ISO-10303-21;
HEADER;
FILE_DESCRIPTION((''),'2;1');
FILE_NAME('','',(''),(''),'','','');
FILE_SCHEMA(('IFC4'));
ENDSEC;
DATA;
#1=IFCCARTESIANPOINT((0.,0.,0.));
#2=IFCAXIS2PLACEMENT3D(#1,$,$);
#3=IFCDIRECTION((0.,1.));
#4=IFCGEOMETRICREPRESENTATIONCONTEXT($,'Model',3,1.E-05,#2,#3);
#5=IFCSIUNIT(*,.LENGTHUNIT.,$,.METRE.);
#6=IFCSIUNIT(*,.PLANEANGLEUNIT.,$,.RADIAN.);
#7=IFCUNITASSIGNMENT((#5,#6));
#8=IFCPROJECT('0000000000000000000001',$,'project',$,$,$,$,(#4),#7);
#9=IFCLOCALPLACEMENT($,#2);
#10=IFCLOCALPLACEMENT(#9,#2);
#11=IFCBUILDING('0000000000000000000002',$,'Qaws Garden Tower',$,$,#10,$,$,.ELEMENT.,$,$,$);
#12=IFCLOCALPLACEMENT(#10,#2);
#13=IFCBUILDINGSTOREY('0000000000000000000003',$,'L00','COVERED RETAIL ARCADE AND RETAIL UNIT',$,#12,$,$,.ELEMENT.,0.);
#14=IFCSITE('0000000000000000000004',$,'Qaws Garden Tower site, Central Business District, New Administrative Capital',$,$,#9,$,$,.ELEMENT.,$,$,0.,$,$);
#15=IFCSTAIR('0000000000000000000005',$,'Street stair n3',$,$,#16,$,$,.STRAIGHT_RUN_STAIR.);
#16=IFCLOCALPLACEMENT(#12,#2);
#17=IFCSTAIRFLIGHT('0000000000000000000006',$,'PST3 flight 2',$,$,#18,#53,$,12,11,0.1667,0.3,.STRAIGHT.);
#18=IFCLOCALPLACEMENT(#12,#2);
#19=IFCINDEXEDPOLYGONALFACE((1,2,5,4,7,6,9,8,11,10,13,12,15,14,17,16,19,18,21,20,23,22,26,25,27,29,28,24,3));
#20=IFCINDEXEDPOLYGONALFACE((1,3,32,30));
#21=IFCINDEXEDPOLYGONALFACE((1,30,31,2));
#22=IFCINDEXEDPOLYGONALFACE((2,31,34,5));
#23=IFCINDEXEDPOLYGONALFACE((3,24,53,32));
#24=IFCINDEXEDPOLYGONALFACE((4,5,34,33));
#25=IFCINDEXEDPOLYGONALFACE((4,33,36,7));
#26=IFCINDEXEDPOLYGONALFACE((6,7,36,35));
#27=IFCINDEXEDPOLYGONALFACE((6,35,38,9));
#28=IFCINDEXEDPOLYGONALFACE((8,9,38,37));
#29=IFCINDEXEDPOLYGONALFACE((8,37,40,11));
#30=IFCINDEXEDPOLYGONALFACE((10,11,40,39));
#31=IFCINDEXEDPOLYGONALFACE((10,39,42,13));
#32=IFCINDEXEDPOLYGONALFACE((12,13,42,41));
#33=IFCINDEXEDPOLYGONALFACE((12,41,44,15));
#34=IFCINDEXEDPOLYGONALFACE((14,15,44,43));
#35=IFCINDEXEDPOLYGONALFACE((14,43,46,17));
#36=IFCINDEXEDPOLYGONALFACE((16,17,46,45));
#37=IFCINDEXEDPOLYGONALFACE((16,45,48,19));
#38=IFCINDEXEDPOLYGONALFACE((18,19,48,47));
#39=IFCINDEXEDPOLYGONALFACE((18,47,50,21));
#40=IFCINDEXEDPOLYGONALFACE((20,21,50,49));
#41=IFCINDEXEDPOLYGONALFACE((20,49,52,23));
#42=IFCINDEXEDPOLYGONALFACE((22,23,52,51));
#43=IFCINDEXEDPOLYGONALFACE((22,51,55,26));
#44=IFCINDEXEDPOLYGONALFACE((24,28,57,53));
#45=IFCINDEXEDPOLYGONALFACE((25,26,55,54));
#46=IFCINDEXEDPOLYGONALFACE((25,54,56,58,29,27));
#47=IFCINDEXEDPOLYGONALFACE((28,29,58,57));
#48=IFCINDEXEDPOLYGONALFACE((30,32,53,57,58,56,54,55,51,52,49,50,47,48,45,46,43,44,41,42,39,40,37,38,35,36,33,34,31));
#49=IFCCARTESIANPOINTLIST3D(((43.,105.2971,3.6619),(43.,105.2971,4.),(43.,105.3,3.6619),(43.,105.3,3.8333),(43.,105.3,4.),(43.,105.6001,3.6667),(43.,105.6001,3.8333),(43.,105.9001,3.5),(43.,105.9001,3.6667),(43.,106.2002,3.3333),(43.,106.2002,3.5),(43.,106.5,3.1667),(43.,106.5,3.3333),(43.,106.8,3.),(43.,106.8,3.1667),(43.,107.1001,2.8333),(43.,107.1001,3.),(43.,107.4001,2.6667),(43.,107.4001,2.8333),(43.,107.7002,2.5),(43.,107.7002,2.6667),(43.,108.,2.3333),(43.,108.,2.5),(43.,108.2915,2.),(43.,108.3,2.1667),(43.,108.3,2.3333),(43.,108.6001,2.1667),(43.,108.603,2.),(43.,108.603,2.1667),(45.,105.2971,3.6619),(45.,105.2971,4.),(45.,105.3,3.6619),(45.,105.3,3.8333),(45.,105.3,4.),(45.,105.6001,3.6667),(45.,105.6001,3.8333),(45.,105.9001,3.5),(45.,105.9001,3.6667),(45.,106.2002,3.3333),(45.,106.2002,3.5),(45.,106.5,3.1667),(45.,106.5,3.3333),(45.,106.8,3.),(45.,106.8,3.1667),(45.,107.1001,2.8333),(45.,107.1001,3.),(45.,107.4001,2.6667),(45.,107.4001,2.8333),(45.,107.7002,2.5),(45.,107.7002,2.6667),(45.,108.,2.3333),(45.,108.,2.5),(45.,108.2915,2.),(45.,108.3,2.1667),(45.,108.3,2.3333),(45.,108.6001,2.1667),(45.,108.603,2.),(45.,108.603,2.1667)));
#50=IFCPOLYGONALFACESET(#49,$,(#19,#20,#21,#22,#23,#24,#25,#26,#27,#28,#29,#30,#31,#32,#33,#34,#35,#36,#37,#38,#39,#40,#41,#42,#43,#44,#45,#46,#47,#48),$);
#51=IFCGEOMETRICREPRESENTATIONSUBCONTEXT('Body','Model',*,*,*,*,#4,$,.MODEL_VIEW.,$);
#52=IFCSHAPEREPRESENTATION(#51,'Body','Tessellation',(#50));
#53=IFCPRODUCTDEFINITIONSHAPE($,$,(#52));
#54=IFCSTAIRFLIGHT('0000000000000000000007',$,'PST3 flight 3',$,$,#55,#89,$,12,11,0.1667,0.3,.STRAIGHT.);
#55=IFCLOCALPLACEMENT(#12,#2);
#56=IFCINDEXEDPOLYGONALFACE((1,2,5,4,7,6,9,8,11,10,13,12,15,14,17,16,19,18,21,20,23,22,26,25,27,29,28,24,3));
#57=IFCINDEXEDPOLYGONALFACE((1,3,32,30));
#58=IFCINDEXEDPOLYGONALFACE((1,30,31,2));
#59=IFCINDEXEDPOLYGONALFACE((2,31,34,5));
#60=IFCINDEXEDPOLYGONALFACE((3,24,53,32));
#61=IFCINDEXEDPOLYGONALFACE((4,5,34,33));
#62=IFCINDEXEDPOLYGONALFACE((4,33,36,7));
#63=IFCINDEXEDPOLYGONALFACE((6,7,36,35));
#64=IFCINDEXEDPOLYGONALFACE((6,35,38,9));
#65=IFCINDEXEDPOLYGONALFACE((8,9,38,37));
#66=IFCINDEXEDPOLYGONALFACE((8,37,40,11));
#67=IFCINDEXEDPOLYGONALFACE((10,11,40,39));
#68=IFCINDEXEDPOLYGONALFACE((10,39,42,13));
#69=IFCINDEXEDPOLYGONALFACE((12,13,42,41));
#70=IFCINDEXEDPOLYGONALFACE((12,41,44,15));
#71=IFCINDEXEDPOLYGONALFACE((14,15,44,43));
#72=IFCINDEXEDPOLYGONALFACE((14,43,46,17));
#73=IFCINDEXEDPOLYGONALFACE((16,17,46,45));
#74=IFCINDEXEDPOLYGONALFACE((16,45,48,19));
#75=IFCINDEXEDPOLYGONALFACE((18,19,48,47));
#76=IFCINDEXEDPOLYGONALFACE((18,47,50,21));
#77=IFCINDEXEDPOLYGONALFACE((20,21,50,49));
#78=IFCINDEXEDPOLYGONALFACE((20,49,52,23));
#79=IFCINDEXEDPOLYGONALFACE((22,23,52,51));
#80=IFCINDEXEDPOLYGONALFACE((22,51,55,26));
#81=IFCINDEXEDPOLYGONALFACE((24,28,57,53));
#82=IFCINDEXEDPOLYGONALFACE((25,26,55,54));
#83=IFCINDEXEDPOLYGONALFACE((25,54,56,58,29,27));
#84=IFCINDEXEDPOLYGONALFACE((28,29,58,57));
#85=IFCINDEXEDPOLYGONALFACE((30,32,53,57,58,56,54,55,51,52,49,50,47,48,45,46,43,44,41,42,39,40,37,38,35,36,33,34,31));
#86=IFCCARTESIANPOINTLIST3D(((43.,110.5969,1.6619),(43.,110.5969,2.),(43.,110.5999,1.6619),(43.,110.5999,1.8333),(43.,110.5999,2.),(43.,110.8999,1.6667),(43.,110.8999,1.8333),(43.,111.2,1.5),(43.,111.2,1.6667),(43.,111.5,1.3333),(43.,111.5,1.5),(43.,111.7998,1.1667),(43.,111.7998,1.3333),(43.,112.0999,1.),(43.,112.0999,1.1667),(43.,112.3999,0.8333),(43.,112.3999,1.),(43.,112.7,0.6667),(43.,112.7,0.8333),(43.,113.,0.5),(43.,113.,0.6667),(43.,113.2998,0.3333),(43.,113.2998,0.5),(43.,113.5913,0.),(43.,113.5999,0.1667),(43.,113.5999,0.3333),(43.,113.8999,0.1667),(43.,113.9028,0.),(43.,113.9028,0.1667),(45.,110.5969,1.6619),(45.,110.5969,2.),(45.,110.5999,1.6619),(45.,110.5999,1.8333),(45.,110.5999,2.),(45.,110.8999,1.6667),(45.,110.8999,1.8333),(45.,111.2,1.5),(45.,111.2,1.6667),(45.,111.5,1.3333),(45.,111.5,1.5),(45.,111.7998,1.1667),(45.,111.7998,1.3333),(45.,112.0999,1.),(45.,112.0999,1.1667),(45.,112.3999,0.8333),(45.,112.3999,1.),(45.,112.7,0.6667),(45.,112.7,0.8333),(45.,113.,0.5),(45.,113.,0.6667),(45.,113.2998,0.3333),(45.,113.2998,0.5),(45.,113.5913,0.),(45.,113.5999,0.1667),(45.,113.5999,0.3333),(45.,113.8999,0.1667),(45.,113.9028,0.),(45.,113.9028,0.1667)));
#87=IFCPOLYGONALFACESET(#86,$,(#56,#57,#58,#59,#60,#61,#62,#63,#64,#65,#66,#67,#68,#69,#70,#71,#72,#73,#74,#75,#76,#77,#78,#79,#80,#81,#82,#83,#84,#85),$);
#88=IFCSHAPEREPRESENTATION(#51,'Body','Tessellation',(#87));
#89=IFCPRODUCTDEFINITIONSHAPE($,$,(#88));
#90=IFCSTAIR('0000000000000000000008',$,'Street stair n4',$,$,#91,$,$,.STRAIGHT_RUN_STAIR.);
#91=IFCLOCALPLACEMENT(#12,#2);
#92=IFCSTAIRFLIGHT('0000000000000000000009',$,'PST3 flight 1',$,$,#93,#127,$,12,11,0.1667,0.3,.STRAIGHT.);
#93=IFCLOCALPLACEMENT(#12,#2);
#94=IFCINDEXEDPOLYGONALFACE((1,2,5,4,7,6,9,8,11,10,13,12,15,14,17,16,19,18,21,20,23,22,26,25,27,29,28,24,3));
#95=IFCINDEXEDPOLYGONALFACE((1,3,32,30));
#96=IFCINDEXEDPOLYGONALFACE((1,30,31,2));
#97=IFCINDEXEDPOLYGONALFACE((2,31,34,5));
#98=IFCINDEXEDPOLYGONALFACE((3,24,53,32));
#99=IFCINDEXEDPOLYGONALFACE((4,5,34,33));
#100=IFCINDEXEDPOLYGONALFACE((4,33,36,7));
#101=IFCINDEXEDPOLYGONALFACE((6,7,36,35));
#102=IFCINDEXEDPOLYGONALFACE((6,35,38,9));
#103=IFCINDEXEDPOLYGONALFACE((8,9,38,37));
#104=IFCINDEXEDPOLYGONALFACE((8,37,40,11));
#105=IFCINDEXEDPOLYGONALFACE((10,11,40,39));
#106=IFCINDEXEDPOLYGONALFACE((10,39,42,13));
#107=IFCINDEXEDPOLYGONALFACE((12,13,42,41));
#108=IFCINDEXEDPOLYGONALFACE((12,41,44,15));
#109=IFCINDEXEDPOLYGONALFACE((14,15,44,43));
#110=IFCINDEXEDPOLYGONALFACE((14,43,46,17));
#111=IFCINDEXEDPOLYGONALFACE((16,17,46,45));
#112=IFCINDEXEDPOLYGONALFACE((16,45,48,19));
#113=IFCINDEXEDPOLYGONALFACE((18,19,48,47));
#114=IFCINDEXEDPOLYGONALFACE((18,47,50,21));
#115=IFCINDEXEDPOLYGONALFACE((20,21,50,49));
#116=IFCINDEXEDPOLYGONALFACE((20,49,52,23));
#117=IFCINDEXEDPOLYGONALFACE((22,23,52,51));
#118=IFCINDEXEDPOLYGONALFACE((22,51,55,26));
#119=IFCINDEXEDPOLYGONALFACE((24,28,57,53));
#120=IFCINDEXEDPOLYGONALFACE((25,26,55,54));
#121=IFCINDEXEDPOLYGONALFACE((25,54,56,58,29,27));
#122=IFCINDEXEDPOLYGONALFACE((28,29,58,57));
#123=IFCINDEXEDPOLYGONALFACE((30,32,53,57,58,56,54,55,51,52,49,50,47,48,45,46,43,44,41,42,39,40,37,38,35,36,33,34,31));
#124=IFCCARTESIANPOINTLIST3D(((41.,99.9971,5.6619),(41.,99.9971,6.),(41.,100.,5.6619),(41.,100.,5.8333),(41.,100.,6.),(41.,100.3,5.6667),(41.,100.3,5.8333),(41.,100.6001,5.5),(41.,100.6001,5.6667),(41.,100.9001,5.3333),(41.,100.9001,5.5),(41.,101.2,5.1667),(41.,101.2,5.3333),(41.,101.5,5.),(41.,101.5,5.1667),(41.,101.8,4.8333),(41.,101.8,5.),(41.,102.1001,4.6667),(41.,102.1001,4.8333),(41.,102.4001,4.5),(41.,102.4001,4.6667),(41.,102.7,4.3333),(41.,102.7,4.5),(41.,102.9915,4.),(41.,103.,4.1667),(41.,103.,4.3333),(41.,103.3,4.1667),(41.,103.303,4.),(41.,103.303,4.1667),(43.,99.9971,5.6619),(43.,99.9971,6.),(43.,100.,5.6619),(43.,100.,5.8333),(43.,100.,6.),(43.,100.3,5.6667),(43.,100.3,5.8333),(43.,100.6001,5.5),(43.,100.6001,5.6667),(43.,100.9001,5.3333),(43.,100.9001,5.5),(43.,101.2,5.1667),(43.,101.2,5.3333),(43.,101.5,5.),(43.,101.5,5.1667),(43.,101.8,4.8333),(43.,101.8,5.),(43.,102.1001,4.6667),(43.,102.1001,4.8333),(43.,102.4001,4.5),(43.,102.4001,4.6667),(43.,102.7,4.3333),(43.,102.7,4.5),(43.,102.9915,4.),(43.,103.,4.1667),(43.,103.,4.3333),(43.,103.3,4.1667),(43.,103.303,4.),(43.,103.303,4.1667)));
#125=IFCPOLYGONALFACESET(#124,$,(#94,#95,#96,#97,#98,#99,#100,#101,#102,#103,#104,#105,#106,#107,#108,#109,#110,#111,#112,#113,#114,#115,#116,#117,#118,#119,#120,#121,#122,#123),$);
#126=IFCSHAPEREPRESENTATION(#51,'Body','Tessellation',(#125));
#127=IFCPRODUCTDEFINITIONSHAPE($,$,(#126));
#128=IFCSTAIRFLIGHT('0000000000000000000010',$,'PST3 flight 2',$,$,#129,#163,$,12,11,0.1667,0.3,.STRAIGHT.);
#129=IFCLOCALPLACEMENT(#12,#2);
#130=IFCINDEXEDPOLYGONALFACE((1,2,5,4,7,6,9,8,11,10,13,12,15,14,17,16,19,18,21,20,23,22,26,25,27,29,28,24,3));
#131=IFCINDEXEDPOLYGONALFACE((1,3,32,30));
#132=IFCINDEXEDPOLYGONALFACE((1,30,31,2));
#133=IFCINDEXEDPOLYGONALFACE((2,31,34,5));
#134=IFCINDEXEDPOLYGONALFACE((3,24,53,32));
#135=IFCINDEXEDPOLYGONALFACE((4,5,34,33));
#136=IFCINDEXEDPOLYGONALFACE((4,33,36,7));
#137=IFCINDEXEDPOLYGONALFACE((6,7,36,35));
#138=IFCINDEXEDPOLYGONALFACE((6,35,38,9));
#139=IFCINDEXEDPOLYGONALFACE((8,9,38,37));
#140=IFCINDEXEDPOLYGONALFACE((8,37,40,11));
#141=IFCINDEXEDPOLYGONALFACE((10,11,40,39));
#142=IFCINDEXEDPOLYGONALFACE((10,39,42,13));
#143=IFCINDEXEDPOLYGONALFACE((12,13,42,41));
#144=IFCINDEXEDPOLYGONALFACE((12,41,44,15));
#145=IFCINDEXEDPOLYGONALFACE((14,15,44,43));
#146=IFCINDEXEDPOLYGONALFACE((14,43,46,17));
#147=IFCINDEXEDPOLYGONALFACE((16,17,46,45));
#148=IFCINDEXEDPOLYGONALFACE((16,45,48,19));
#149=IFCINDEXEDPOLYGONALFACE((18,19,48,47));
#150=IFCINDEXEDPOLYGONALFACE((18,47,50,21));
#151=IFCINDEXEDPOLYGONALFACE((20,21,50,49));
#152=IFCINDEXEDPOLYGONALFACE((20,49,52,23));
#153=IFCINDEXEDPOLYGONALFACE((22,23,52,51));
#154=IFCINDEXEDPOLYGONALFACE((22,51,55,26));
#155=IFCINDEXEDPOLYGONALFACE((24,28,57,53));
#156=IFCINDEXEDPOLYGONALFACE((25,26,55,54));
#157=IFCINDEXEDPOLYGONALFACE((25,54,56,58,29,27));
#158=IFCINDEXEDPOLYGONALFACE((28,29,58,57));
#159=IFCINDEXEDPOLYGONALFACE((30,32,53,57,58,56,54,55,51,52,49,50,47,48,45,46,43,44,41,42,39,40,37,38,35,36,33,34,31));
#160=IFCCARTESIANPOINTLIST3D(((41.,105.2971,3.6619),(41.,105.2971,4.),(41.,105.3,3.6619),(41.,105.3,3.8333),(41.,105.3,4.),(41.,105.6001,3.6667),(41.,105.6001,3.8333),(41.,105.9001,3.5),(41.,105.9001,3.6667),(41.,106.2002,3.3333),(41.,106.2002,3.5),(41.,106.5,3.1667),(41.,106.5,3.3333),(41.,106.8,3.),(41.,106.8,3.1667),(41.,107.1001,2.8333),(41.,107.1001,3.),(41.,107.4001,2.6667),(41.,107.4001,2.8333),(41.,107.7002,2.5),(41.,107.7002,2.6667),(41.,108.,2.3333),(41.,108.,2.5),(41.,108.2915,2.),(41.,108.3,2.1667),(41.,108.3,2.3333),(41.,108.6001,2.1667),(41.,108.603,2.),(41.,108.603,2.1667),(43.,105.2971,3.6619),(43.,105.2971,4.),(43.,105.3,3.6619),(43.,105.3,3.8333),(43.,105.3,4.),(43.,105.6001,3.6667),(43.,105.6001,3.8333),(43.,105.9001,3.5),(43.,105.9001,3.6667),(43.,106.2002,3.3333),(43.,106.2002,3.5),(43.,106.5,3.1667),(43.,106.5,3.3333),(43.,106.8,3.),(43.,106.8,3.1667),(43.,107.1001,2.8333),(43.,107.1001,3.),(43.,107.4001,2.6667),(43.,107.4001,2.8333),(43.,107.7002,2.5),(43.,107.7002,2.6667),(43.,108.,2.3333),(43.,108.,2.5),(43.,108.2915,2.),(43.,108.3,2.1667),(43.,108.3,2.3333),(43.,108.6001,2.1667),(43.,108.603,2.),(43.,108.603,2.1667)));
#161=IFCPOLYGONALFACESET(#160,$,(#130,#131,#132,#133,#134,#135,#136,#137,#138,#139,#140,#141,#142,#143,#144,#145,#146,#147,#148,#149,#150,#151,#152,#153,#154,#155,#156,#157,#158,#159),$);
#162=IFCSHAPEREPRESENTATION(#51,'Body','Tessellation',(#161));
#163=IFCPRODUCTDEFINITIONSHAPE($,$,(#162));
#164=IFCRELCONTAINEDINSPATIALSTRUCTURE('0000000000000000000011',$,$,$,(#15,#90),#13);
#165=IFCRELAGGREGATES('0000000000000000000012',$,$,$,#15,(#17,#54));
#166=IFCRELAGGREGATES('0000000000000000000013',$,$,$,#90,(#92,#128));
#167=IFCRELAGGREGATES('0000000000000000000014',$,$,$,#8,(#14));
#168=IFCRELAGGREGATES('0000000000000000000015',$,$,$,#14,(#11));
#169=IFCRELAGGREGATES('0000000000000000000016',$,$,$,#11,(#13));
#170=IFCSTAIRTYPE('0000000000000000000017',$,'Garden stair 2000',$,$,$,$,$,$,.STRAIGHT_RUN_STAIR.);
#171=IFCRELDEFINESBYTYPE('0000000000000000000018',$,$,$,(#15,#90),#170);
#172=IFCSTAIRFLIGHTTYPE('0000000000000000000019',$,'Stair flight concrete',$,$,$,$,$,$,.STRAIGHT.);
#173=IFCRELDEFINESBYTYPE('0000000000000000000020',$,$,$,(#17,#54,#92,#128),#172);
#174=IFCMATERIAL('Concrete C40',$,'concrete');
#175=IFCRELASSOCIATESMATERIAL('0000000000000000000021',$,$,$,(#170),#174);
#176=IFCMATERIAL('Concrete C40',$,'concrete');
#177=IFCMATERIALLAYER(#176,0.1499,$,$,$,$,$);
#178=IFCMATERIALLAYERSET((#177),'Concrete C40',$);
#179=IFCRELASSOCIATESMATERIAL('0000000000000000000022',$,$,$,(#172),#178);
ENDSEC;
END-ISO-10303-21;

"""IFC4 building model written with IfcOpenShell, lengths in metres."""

from ifc_helpers import new_model, si_unit, direction, frame, origin, place, context, subcontext, project, spatial, polyline, outline, extrude, material, layer, layer_set, type_object, element, aggregate, save


model = new_model("IFC4")

# Units and contexts
model_context = context("Model", 3, precision=1e-05, world=origin(), true_north=direction((0.0, 1.0)))
body_context = subcontext(model_context, "Body", "Model", "MODEL_VIEW")
ifc_project = project(units=[si_unit("LENGTHUNIT", "METRE"), si_unit("PLANEANGLEUNIT", "RADIAN")], contexts=[model_context])

# Site, building, storey
site_placement = place(None, origin())
site = spatial("IfcSite", under=ifc_project, at=site_placement, Name="Qaws Garden Tower site, Central Business District, New Administrative Capital", CompositionType="ELEMENT", RefElevation=0.0)
building_placement = place(site_placement, origin())
building = spatial("IfcBuilding", under=site, at=building_placement, Name="Qaws Garden Tower", CompositionType="ELEMENT")
storey_placement = place(building_placement, origin())
storey = spatial("IfcBuildingStorey", under=building, at=storey_placement, Name="L00", Description="COVERED RETAIL ARCADE AND RETAIL UNIT", CompositionType="ELEMENT", Elevation=0.0)

# Stairs, stair flights
ifc_material_1 = material(Name="Concrete C40", Category="concrete")
stair_type = type_object("IfcStairType", Name="Garden stair 2000", PredefinedType="STRAIGHT_RUN_STAIR", material=ifc_material_1)
placement = place(storey_placement, origin())
stair_1 = element("IfcStair", 1, at=placement, inside=storey, type_object=stair_type, Name="Street stair n3", PredefinedType="STRAIGHT_RUN_STAIR")
ifc_material_2 = material(Name="Concrete C40", Category="concrete")
ifc_layer_1 = layer(ifc_material_2, 0.1499)
ifc_layer_set_1 = layer_set([ifc_layer_1], Name="Concrete C40")
stair_flight_type = type_object("IfcStairFlightType", Name="Stair flight concrete", PredefinedType="STRAIGHT", material=ifc_layer_set_1)
stair_flight_1_placement = place(storey_placement, frame((44.0, 108.6001, 2.0), z_axis=(0.0, 0.0, 1.0), x_axis=(0.0, -1.0, 0.0)))
stair_flight_1 = element("IfcStairFlight", 2, at=stair_flight_1_placement, type_object=stair_flight_type, Name="PST3 flight 2", NumberOfRisers=12, NumberOfTreads=11, PredefinedType="STRAIGHT", RiserHeight=0.1667, TreadLength=0.3, context=body_context, shape_type="SweptSolid", body=[
    extrude(outline(polyline([(-0.0029, 0.0), (-0.0029, 0.1667), (0.0, 0.1667), (0.3, 0.1667), (0.3, 0.3333), (0.6001, 0.3333), (0.6001, 0.5), (0.8999, 0.5), (0.8999, 0.6667), (1.2, 0.6667), (1.2, 0.8333), (1.5, 0.8333), (1.5, 1.0), (1.8, 1.0), (1.8, 1.1667), (2.1001, 1.1667), (2.1001, 1.3333), (2.3999, 1.3333), (2.3999, 1.5), (2.7, 1.5), (2.7, 1.6667), (3.0, 1.6667), (3.0, 1.8333), (3.3, 1.8333), (3.3, 2.0), (3.303, 2.0), (3.303, 1.6619), (3.3, 1.6619), (0.3086, 0.0), (-0.0029, 0.0)])), frame((0.0, 1.0, 0.0), z_axis=(0.0, -1.0, 0.0), x_axis=(1.0, 0.0, 0.0)), (0.0, 0.0, 1.0), 2.0),
])
stair_flight_2_placement = place(storey_placement, frame((44.0, 113.8999, 0.0), z_axis=(0.0, 0.0, 1.0), x_axis=(0.0, -1.0, 0.0)))
stair_flight_2 = element("IfcStairFlight", 3, at=stair_flight_2_placement, type_object=stair_flight_type, Name="PST3 flight 3", NumberOfRisers=12, NumberOfTreads=11, PredefinedType="STRAIGHT", RiserHeight=0.1667, TreadLength=0.3, context=body_context, shape_type="SweptSolid", body=[
    extrude(outline(polyline([(-0.0029, 0.0), (-0.0029, 0.1667), (0.0, 0.1667), (0.3, 0.1667), (0.3, 0.3333), (0.6001, 0.3333), (0.6001, 0.5), (0.8999, 0.5), (0.8999, 0.6667), (1.2, 0.6667), (1.2, 0.8333), (1.5, 0.8333), (1.5, 1.0), (1.8, 1.0), (1.8, 1.1667), (2.1001, 1.1667), (2.1001, 1.3333), (2.3999, 1.3333), (2.3999, 1.5), (2.7, 1.5), (2.7, 1.6667), (3.0, 1.6667), (3.0, 1.8333), (3.3, 1.8333), (3.3, 2.0), (3.303, 2.0), (3.303, 1.6619), (3.3, 1.6619), (0.3086, 0.0), (-0.0029, 0.0)])), frame((0.0, 1.0, 0.0), z_axis=(0.0, -1.0, 0.0), x_axis=(1.0, 0.0, 0.0)), (0.0, 0.0, 1.0), 2.0),
])
aggregate(stair_1, [stair_flight_1, stair_flight_2])
stair_2 = element("IfcStair", 4, at=placement, inside=storey, type_object=stair_type, Name="Street stair n4", PredefinedType="STRAIGHT_RUN_STAIR")
stair_flight_3_placement = place(storey_placement, frame((42.0, 103.3, 4.0), z_axis=(0.0, 0.0, 1.0), x_axis=(0.0, -1.0, 0.0)))
stair_flight_3 = element("IfcStairFlight", 5, at=stair_flight_3_placement, type_object=stair_flight_type, Name="PST3 flight 1", NumberOfRisers=12, NumberOfTreads=11, PredefinedType="STRAIGHT", RiserHeight=0.1667, TreadLength=0.3, context=body_context, shape_type="SweptSolid", body=[
    extrude(outline(polyline([(-0.0029, 0.0), (-0.0029, 0.1667), (0.0, 0.1667), (0.3, 0.1667), (0.3, 0.3333), (0.6001, 0.3333), (0.6001, 0.5), (0.8999, 0.5), (0.8999, 0.6667), (1.2, 0.6667), (1.2, 0.8333), (1.5, 0.8333), (1.5, 1.0), (1.8, 1.0), (1.8, 1.1667), (2.1001, 1.1667), (2.1001, 1.3333), (2.3999, 1.3333), (2.3999, 1.5), (2.7, 1.5), (2.7, 1.6667), (3.0, 1.6667), (3.0, 1.8333), (3.3, 1.8333), (3.3, 2.0), (3.303, 2.0), (3.303, 1.6619), (3.3, 1.6619), (0.3086, 0.0), (-0.0029, 0.0)])), frame((0.0, 1.0, 0.0), z_axis=(0.0, -1.0, 0.0), x_axis=(1.0, 0.0, 0.0)), (0.0, 0.0, 1.0), 2.0),
])
stair_flight_4_placement = place(storey_placement, frame((42.0, 108.6001, 2.0), z_axis=(0.0, 0.0, 1.0), x_axis=(0.0, -1.0, 0.0)))
stair_flight_4 = element("IfcStairFlight", 6, at=stair_flight_4_placement, type_object=stair_flight_type, Name="PST3 flight 2", NumberOfRisers=12, NumberOfTreads=11, PredefinedType="STRAIGHT", RiserHeight=0.1667, TreadLength=0.3, context=body_context, shape_type="SweptSolid", body=[
    extrude(outline(polyline([(-0.0029, 0.0), (-0.0029, 0.1667), (0.0, 0.1667), (0.3, 0.1667), (0.3, 0.3333), (0.6001, 0.3333), (0.6001, 0.5), (0.8999, 0.5), (0.8999, 0.6667), (1.2, 0.6667), (1.2, 0.8333), (1.5, 0.8333), (1.5, 1.0), (1.8, 1.0), (1.8, 1.1667), (2.1001, 1.1667), (2.1001, 1.3333), (2.3999, 1.3333), (2.3999, 1.5), (2.7, 1.5), (2.7, 1.6667), (3.0, 1.6667), (3.0, 1.8333), (3.3, 1.8333), (3.3, 2.0), (3.303, 2.0), (3.303, 1.6619), (3.3, 1.6619), (0.3086, 0.0), (-0.0029, 0.0)])), frame((0.0, 1.0, 0.0), z_axis=(0.0, -1.0, 0.0), x_axis=(1.0, 0.0, 0.0)), (0.0, 0.0, 1.0), 2.0),
])
aggregate(stair_2, [stair_flight_3, stair_flight_4])

save(model, "model.ifc")
